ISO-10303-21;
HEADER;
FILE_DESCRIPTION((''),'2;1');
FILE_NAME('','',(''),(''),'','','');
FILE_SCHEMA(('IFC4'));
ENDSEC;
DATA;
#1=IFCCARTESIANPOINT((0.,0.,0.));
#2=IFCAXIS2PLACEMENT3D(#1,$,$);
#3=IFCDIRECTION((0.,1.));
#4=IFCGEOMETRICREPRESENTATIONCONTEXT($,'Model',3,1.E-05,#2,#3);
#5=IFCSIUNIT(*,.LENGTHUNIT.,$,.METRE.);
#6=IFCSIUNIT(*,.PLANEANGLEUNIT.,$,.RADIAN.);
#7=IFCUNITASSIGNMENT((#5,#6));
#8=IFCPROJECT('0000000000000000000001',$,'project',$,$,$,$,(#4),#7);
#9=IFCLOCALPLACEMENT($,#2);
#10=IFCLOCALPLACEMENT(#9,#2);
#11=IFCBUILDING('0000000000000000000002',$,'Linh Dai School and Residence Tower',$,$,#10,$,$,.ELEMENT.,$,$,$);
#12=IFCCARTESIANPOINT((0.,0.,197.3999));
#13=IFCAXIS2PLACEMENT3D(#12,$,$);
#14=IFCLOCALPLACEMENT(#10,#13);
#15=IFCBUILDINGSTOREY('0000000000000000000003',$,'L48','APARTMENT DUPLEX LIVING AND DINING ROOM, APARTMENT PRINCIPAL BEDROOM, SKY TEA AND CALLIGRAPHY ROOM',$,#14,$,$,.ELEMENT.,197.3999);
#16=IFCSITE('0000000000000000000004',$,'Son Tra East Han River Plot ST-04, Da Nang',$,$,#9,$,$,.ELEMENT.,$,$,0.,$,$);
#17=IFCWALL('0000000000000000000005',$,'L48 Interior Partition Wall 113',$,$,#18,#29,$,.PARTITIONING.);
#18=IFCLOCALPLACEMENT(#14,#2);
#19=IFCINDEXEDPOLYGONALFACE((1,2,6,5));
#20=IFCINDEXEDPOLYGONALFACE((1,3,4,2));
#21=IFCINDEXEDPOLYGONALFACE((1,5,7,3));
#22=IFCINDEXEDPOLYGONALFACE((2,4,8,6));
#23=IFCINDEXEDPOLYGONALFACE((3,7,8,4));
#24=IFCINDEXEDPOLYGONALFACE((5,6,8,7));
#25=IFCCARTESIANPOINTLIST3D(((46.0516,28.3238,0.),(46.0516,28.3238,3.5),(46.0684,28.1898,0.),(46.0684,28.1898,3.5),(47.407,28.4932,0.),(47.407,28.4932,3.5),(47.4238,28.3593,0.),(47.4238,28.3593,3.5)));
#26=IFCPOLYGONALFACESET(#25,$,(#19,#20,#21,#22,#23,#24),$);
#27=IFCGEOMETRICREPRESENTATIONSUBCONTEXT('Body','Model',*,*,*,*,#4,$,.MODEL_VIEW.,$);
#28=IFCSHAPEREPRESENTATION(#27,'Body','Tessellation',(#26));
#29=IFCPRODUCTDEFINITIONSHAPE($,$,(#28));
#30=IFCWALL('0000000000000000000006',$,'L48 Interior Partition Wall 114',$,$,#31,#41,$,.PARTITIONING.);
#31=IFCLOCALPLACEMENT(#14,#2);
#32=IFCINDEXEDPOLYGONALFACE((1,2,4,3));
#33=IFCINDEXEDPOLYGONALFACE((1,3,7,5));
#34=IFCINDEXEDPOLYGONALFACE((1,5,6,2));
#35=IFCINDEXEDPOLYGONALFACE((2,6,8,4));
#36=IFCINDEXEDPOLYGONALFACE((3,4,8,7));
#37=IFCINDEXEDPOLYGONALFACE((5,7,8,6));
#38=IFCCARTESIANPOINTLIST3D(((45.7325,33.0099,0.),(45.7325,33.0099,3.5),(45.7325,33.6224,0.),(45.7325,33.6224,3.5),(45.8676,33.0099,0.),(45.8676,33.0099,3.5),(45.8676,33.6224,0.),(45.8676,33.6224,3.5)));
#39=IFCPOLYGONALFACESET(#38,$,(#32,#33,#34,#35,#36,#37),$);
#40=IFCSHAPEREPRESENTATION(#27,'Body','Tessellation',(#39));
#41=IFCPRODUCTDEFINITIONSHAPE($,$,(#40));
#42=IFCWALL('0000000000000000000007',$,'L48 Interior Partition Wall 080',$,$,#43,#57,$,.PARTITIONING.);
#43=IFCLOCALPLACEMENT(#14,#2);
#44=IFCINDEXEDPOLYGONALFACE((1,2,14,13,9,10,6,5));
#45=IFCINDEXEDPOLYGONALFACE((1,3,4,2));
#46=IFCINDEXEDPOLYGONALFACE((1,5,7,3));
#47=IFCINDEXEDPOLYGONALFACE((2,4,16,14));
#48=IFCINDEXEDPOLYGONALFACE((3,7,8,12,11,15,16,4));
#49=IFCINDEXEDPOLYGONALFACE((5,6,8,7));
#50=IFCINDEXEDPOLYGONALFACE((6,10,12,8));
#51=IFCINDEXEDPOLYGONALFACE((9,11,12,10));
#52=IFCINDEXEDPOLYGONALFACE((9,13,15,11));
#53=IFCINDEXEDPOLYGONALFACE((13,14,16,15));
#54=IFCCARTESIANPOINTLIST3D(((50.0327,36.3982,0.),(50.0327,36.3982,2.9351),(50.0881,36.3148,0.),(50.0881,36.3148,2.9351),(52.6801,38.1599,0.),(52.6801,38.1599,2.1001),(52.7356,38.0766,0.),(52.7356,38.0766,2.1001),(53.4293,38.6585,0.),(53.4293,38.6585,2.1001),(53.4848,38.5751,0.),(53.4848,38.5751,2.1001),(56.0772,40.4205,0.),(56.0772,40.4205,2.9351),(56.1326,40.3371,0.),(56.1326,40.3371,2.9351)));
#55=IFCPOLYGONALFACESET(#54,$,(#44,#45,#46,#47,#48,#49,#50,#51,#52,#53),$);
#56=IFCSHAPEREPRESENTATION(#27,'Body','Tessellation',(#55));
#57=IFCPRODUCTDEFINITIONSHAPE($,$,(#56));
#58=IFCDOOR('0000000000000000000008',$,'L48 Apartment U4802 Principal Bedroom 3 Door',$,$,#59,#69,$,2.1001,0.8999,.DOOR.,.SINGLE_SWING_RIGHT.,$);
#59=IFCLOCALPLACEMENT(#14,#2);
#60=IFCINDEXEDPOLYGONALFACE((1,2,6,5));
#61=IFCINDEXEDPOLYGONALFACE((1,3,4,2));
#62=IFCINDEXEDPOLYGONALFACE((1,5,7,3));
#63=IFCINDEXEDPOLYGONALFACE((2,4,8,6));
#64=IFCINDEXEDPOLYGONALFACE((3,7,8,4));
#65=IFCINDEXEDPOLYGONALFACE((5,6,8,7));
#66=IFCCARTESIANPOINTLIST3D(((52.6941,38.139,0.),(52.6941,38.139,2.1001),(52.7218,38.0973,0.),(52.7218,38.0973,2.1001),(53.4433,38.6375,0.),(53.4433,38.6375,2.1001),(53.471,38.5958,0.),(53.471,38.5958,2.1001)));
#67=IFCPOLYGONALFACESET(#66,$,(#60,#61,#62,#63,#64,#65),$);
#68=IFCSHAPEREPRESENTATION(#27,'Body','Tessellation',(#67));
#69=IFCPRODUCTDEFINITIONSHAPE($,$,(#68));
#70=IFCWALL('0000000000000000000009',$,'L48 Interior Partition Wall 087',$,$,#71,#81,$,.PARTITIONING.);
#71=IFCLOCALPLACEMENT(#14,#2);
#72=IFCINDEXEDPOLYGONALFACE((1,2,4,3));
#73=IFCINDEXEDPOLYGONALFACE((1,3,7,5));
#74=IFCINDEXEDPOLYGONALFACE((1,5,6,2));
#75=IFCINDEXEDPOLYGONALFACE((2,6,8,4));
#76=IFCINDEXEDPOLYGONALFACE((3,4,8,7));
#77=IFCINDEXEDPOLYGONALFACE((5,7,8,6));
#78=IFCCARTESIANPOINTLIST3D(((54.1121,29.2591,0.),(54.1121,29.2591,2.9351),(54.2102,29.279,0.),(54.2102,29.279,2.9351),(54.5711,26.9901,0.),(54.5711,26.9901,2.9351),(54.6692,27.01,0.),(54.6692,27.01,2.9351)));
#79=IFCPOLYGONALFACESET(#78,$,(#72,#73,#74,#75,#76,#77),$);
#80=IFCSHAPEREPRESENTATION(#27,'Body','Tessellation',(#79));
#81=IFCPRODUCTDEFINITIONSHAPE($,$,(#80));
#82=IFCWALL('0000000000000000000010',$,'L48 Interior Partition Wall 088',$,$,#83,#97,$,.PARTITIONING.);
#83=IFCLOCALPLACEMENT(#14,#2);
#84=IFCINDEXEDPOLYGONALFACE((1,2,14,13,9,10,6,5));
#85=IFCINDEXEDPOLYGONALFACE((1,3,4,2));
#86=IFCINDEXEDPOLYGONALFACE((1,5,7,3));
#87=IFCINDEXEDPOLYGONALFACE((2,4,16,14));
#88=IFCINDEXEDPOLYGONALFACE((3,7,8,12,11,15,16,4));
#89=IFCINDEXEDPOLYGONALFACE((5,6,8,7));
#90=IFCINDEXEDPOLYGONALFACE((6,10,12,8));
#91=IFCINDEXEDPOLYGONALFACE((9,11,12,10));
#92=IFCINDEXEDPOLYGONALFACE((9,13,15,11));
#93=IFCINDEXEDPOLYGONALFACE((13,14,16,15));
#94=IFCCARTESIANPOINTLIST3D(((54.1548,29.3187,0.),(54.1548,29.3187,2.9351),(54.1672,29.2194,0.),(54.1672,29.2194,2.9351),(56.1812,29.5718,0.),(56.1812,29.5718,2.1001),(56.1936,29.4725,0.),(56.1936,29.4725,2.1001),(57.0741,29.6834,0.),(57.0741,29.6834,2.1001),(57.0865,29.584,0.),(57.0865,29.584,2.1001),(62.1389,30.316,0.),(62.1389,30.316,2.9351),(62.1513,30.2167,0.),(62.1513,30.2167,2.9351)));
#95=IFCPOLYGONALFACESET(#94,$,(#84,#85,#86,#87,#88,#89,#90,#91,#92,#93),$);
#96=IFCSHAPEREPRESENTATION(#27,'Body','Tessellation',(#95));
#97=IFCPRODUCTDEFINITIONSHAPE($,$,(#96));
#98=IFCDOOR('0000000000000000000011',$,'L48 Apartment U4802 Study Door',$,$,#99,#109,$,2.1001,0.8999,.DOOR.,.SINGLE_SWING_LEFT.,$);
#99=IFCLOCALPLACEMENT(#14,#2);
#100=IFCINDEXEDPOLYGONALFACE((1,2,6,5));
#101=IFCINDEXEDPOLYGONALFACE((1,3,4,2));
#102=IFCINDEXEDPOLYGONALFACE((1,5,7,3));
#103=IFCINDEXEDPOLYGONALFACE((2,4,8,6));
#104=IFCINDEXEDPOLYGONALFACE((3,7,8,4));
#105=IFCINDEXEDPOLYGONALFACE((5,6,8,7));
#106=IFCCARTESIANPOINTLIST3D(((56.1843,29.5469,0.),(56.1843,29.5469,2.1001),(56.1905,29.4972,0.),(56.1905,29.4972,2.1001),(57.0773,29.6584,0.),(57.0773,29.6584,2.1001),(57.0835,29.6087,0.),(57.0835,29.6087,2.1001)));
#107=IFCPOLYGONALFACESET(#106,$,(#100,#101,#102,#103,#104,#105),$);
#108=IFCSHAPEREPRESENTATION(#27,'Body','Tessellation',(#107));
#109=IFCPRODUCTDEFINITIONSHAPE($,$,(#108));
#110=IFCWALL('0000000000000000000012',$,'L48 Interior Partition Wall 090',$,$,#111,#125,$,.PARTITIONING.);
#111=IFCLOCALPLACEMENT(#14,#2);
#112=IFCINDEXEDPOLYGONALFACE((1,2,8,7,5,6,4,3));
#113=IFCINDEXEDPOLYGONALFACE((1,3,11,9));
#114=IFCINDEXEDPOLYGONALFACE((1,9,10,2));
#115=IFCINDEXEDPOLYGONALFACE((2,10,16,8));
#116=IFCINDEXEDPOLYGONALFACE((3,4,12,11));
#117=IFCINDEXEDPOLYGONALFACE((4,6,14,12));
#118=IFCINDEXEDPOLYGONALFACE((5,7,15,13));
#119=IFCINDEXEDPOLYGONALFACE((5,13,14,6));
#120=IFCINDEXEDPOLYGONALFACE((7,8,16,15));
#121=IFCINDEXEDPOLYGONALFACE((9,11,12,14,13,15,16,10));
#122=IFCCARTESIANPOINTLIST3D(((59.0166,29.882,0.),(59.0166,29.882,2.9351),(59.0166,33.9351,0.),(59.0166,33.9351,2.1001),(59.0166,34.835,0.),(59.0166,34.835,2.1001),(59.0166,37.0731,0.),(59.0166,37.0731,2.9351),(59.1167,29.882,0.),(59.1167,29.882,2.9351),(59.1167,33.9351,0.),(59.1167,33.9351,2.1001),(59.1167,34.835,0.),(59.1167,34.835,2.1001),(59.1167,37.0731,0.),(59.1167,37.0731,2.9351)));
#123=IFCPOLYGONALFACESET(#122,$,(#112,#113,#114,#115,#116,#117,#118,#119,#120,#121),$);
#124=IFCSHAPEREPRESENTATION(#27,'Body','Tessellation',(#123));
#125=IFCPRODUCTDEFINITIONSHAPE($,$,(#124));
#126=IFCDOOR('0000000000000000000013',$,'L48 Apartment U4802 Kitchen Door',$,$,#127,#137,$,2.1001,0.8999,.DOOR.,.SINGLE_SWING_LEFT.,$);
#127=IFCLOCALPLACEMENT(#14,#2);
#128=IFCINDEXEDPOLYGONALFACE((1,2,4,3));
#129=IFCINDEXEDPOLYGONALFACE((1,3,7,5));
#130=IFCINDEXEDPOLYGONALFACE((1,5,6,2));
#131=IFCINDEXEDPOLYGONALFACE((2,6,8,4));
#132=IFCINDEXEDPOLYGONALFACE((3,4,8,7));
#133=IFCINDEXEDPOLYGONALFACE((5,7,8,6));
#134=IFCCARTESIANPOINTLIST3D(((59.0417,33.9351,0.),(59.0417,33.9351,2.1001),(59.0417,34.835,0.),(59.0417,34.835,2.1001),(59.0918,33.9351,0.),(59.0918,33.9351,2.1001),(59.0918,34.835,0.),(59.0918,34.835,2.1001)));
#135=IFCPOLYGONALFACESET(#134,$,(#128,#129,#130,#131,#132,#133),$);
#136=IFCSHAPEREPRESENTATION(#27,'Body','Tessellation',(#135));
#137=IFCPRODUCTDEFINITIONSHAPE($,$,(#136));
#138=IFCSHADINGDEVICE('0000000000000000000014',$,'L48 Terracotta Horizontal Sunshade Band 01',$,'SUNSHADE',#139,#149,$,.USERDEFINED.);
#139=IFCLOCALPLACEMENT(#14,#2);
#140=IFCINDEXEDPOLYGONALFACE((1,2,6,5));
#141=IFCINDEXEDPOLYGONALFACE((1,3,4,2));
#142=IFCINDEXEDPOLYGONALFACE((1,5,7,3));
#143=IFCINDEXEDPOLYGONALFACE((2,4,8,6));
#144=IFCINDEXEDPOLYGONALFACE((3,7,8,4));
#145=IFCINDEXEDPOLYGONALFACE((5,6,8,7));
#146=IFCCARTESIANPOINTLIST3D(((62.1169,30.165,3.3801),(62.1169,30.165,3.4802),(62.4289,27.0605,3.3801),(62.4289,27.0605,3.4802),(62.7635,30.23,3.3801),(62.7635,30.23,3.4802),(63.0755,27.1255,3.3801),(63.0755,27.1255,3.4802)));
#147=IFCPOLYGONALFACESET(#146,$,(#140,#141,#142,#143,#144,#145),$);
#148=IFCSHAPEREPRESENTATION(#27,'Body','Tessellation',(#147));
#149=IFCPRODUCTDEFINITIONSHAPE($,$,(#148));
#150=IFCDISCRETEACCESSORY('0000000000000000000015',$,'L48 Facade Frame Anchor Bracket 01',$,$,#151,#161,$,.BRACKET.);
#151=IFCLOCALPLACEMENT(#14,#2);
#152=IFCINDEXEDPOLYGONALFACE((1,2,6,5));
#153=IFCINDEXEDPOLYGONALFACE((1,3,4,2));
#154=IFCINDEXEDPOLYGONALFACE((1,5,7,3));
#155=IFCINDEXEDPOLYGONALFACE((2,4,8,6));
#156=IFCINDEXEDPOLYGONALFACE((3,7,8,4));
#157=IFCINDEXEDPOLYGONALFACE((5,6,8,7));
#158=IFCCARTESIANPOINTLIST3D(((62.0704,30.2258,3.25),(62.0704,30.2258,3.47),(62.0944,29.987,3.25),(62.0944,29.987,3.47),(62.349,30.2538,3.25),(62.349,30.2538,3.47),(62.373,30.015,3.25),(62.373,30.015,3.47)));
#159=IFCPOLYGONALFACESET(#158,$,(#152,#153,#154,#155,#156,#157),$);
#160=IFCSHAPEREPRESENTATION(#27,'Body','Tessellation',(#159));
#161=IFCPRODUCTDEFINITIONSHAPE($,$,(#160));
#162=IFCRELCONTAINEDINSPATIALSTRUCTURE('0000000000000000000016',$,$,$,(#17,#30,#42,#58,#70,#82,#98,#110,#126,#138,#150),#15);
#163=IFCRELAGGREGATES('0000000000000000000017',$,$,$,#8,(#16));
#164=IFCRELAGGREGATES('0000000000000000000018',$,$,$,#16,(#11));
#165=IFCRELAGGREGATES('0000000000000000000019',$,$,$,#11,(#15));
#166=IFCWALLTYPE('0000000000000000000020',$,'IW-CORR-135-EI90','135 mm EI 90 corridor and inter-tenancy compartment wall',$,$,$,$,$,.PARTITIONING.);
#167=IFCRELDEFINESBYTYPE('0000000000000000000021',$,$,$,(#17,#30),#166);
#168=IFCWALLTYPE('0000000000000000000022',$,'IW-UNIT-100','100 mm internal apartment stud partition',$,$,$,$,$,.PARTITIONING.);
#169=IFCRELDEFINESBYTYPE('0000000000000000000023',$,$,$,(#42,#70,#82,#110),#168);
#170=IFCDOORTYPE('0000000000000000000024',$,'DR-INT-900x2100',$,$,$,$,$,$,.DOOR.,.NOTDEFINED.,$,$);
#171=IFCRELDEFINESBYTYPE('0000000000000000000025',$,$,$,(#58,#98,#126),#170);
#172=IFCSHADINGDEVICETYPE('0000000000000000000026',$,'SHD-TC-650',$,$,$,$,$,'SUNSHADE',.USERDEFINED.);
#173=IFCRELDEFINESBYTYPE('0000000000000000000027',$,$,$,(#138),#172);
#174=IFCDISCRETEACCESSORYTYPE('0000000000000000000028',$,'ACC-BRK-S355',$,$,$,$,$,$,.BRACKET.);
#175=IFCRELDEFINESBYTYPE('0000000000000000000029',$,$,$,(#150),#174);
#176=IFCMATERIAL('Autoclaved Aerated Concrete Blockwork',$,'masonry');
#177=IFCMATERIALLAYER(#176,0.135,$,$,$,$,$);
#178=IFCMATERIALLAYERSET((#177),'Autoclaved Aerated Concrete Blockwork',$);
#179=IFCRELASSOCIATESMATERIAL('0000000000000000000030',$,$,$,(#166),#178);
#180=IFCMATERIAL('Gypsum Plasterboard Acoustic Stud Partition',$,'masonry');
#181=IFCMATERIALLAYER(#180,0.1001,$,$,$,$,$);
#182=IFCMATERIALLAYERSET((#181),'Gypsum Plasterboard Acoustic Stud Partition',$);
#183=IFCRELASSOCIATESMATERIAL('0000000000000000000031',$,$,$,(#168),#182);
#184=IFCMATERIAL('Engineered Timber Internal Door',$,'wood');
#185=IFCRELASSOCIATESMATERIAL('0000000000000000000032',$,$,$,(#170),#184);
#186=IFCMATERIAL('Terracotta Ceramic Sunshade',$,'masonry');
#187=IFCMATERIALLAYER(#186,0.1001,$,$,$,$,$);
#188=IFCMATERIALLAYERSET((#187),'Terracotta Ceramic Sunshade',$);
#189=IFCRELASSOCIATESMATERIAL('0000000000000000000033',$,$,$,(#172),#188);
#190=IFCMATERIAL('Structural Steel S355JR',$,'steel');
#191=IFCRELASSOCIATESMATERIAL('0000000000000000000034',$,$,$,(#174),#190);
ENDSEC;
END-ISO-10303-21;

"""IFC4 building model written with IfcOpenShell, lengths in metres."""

from ifc_helpers import new_model, si_unit, direction, frame, frame_2d, origin, origin_2d, place, context, subcontext, project, spatial, rectangle, extrude, source, transform, mapped, material, layer, layer_set, type_object, element, fill, save


model = new_model("IFC4")

# Units and contexts
model_context = context("Model", 3, precision=1e-05, world=origin(), true_north=direction((0.0, 1.0)))
body_context = subcontext(model_context, "Body", "Model", "MODEL_VIEW")
ifc_project = project(units=[si_unit("LENGTHUNIT", "METRE"), si_unit("PLANEANGLEUNIT", "RADIAN")], contexts=[model_context])

# Site, building, storey
site_placement = place(None, origin())
site = spatial("IfcSite", under=ifc_project, at=site_placement, Name="Son Tra East Han River Plot ST-04, Da Nang", CompositionType="ELEMENT", RefElevation=0.0)
building_placement = place(site_placement, origin())
building = spatial("IfcBuilding", under=site, at=building_placement, Name="Linh Dai School and Residence Tower", CompositionType="ELEMENT")
storey_placement = place(building_placement, frame((0.0, 0.0, 197.3999)))
storey = spatial("IfcBuildingStorey", under=building, at=storey_placement, Name="L48", Description="APARTMENT DUPLEX LIVING AND DINING ROOM, APARTMENT PRINCIPAL BEDROOM, SKY TEA AND CALLIGRAPHY ROOM", CompositionType="ELEMENT", Elevation=197.3999)

# Shared definitions
ifc_material_1 = material(Name="Structural Steel S355JR", Category="steel")

# Walls
ifc_material_2 = material(Name="Autoclaved Aerated Concrete Blockwork", Category="masonry")
ifc_layer_1 = layer(ifc_material_2, 0.135)
ifc_layer_set_1 = layer_set([ifc_layer_1], Name="Autoclaved Aerated Concrete Blockwork")
wall_type_1 = type_object("IfcWallType", Name="IW-CORR-135-EI90", Description="135 mm EI 90 corridor and inter-tenancy compartment wall", PredefinedType="PARTITIONING", material=ifc_layer_set_1)
wall_1_placement = place(storey_placement, frame((47.4155, 28.4263, 0.0), z_axis=(0.0, 0.0, 1.0), x_axis=(-0.992278, -0.124035, 0.0)))
element("IfcWall", 1, at=wall_1_placement, inside=storey, type_object=wall_type_1, Name="L48 Interior Partition Wall 113", PredefinedType="PARTITIONING", context=body_context, shape_type="SweptSolid", body=[
    extrude(rectangle(XDim=1.366, YDim=0.135, at=frame_2d((0.6831, 0.0))), origin(), (0.0, 0.0, 1.0), 3.5),
])
wall_2_placement = place(storey_placement, frame((45.8, 33.01, 0.0), z_axis=(0.0, 0.0, 1.0), x_axis=(0.0, 1.0, 0.0)))
element("IfcWall", 2, at=wall_2_placement, inside=storey, type_object=wall_type_1, Name="L48 Interior Partition Wall 114", PredefinedType="PARTITIONING", context=body_context, shape_type="SweptSolid", body=[
    extrude(rectangle(XDim=0.6125, YDim=0.135, at=frame_2d((0.3062, 0.0))), origin(), (0.0, 0.0, 1.0), 3.5),
])

# Wall, opening, door
ifc_material_3 = material(Name="Gypsum Plasterboard Acoustic Stud Partition", Category="masonry")
ifc_layer_2 = layer(ifc_material_3, 0.1001)
ifc_layer_set_2 = layer_set([ifc_layer_2], Name="Gypsum Plasterboard Acoustic Stud Partition")
wall_type_2 = type_object("IfcWallType", Name="IW-UNIT-100", Description="100 mm internal apartment stud partition", PredefinedType="PARTITIONING", material=ifc_layer_set_2)
wall_3_placement = place(storey_placement, frame((50.0603, 36.3564, 0.0), z_axis=(0.0, 0.0, 1.0), x_axis=(0.832521, 0.553994, 0.0)))
wall_3 = element("IfcWall", 3, at=wall_3_placement, inside=storey, type_object=wall_type_2, Name="L48 Interior Partition Wall 080", PredefinedType="PARTITIONING", context=body_context, shape_type="SweptSolid", body=[
    extrude(rectangle(XDim=7.2605, YDim=0.1001, at=frame_2d((3.6304, 0.0))), origin(), (0.0, 0.0, 1.0), 2.9351),
])
opening_1_placement = place(wall_3_placement, frame((3.1802, 0.0, 0.0)))
opening_1 = element("IfcOpeningElement", 4, at=opening_1_placement, cuts=wall_3, PredefinedType="OPENING", context=body_context, shape_type="SweptSolid", body=[
    extrude(rectangle(XDim=0.8999, YDim=2.1001, at=origin_2d()), frame((0.45, 0.0601, 1.05), z_axis=(0.0, -1.0, 0.0), x_axis=(1.0, 0.0, 0.0)), (0.0, 0.0, 1.0), 0.1201),
])
ifc_material_4 = material(Name="Engineered Timber Internal Door", Category="wood")
door_type = type_object("IfcDoorType", Name="DR-INT-900x2100", OperationType="NOTDEFINED", PredefinedType="DOOR", material=ifc_material_4)
shared_shape_1 = source(origin(), body_context, "Body", "SweptSolid", [
    extrude(rectangle(XDim=0.8999, YDim=2.1001, at=origin_2d()), frame((0.45, 0.0249, 1.05), z_axis=(0.0, -1.0, 0.0), x_axis=(1.0, 0.0, 0.0)), (0.0, 0.0, 1.0), 0.05),
])
door_1_placement = place(opening_1_placement, origin())
door_1 = element("IfcDoor", 5, at=door_1_placement, inside=storey, type_object=door_type, Name="L48 Apartment U4802 Principal Bedroom 3 Door", OperationType="SINGLE_SWING_RIGHT", OverallHeight=2.1001, OverallWidth=0.8999, PredefinedType="DOOR", context=body_context, shape_type="MappedRepresentation", body=[
    mapped(shared_shape_1, transform((0.0, 0.0, 0.0), x_axis=(1.0, 0.0, 0.0), y_axis=(0.0, 1.0, 0.0), z_axis=(0.0, 0.0, 1.0), scale=1.0)),
])
fill(opening_1, door_1)

# Wall
wall_4_placement = place(storey_placement, frame((54.1611, 29.269, 0.0), z_axis=(0.0, 0.0, 1.0), x_axis=(0.198265, -0.980148, 0.0)))
element("IfcWall", 6, at=wall_4_placement, inside=storey, type_object=wall_type_2, Name="L48 Interior Partition Wall 087", PredefinedType="PARTITIONING", context=body_context, shape_type="SweptSolid", body=[
    extrude(rectangle(XDim=2.3149, YDim=0.1001, at=frame_2d((1.1575, 0.0))), origin(), (0.0, 0.0, 1.0), 2.9351),
])

# Walls, openings, doors
wall_5_placement = place(storey_placement, frame((54.1611, 29.269, 0.0), z_axis=(0.0, 0.0, 1.0), x_axis=(0.992289, 0.123949, 0.0)))
wall_5 = element("IfcWall", 7, at=wall_5_placement, inside=storey, type_object=wall_type_2, Name="L48 Interior Partition Wall 088", PredefinedType="PARTITIONING", context=body_context, shape_type="SweptSolid", body=[
    extrude(rectangle(XDim=8.0461, YDim=0.1001, at=frame_2d((4.0229, 0.0))), origin(), (0.0, 0.0, 1.0), 2.9351),
])
opening_2_placement = place(wall_5_placement, frame((2.042, 0.0, 0.0)))
opening_2 = element("IfcOpeningElement", 8, at=opening_2_placement, cuts=wall_5, PredefinedType="OPENING", context=body_context, shape_type="SweptSolid", body=[
    extrude(rectangle(XDim=0.8999, YDim=2.1001, at=origin_2d()), frame((0.45, 0.0601, 1.05), z_axis=(0.0, -1.0, 0.0), x_axis=(1.0, 0.0, 0.0)), (0.0, 0.0, 1.0), 0.1201),
])
door_2_placement = place(opening_2_placement, origin())
door_2 = element("IfcDoor", 9, at=door_2_placement, inside=storey, type_object=door_type, Name="L48 Apartment U4802 Study Door", OperationType="SINGLE_SWING_LEFT", OverallHeight=2.1001, OverallWidth=0.8999, PredefinedType="DOOR", context=body_context, shape_type="MappedRepresentation", body=[
    mapped(shared_shape_1, transform((0.0, 0.0, 0.0), x_axis=(1.0, 0.0, 0.0), y_axis=(0.0, 1.0, 0.0), z_axis=(0.0, 0.0, 1.0), scale=1.0)),
])
fill(opening_2, door_2)
wall_6_placement = place(storey_placement, frame((59.0667, 29.8818, 0.0), z_axis=(0.0, 0.0, 1.0), x_axis=(0.0, 1.0, 0.0)))
wall_6 = element("IfcWall", 10, at=wall_6_placement, inside=storey, type_object=wall_type_2, Name="L48 Interior Partition Wall 090", PredefinedType="PARTITIONING", context=body_context, shape_type="SweptSolid", body=[
    extrude(rectangle(XDim=7.1912, YDim=0.1001, at=frame_2d((3.5957, 0.0))), origin(), (0.0, 0.0, 1.0), 2.9351),
])
opening_3_placement = place(wall_6_placement, frame((4.0532, 0.0, 0.0)))
opening_3 = element("IfcOpeningElement", 11, at=opening_3_placement, cuts=wall_6, PredefinedType="OPENING", context=body_context, shape_type="SweptSolid", body=[
    extrude(rectangle(XDim=0.8999, YDim=2.1001, at=origin_2d()), frame((0.45, 0.0601, 1.05), z_axis=(0.0, -1.0, 0.0), x_axis=(1.0, 0.0, 0.0)), (0.0, 0.0, 1.0), 0.1201),
])
door_3_placement = place(opening_3_placement, origin())
door_3 = element("IfcDoor", 12, at=door_3_placement, inside=storey, type_object=door_type, Name="L48 Apartment U4802 Kitchen Door", OperationType="SINGLE_SWING_LEFT", OverallHeight=2.1001, OverallWidth=0.8999, PredefinedType="DOOR", context=body_context, shape_type="MappedRepresentation", body=[
    mapped(shared_shape_1, transform((0.0, 0.0, 0.0), x_axis=(1.0, 0.0, 0.0), y_axis=(0.0, 1.0, 0.0), z_axis=(0.0, 0.0, 1.0), scale=1.0)),
])
fill(opening_3, door_3)

# Shading device
ifc_material_5 = material(Name="Terracotta Ceramic Sunshade", Category="masonry")
ifc_layer_3 = layer(ifc_material_5, 0.1001)
ifc_layer_set_3 = layer_set([ifc_layer_3], Name="Terracotta Ceramic Sunshade")
shading_device_type = type_object("IfcShadingDeviceType", Name="SHD-TC-650", ElementType="SUNSHADE", PredefinedType="USERDEFINED", material=ifc_layer_set_3)
shared_shape_2 = source(origin(), body_context, "Body", "SweptSolid", [
    extrude(rectangle(XDim=3.1201, YDim=0.6499, at=origin_2d()), origin(), (0.0, 0.0, 1.0), 0.1001),
])
shading_device_placement = place(storey_placement, frame((62.5962, 28.6453, 3.3801), z_axis=(0.0, 0.0, 1.0), x_axis=(0.100002, -0.994987, 0.0)))
element("IfcShadingDevice", 13, at=shading_device_placement, inside=storey, type_object=shading_device_type, Name="L48 Terracotta Horizontal Sunshade Band 01", ObjectType="SUNSHADE", PredefinedType="USERDEFINED", context=body_context, shape_type="MappedRepresentation", body=[
    mapped(shared_shape_2, transform((0.0, 0.0, 0.0), x_axis=(1.0, 0.0, 0.0), y_axis=(0.0, 1.0, 0.0), z_axis=(0.0, 0.0, 1.0), scale=1.0)),
])

# Discrete accessory
discrete_accessory_type = type_object("IfcDiscreteAccessoryType", Name="ACC-BRK-S355", PredefinedType="BRACKET", material=ifc_material_1)
shared_shape_3 = source(origin(), body_context, "Body", "SweptSolid", [
    extrude(rectangle(XDim=0.28, YDim=0.24, at=origin_2d()), origin(), (0.0, 0.0, 1.0), 0.22),
])
discrete_accessory_placement = place(storey_placement, frame((62.2217, 30.1204, 3.25), z_axis=(0.0, 0.0, 1.0), x_axis=(0.994987, 0.100002, 0.0)))
element("IfcDiscreteAccessory", 14, at=discrete_accessory_placement, inside=storey, type_object=discrete_accessory_type, Name="L48 Facade Frame Anchor Bracket 01", PredefinedType="BRACKET", context=body_context, shape_type="MappedRepresentation", body=[
    mapped(shared_shape_3, transform((0.0, 0.0, 0.0), x_axis=(1.0, 0.0, 0.0), y_axis=(0.0, 1.0, 0.0), z_axis=(0.0, 0.0, 1.0), scale=1.0)),
])

save(model, "model.ifc")
